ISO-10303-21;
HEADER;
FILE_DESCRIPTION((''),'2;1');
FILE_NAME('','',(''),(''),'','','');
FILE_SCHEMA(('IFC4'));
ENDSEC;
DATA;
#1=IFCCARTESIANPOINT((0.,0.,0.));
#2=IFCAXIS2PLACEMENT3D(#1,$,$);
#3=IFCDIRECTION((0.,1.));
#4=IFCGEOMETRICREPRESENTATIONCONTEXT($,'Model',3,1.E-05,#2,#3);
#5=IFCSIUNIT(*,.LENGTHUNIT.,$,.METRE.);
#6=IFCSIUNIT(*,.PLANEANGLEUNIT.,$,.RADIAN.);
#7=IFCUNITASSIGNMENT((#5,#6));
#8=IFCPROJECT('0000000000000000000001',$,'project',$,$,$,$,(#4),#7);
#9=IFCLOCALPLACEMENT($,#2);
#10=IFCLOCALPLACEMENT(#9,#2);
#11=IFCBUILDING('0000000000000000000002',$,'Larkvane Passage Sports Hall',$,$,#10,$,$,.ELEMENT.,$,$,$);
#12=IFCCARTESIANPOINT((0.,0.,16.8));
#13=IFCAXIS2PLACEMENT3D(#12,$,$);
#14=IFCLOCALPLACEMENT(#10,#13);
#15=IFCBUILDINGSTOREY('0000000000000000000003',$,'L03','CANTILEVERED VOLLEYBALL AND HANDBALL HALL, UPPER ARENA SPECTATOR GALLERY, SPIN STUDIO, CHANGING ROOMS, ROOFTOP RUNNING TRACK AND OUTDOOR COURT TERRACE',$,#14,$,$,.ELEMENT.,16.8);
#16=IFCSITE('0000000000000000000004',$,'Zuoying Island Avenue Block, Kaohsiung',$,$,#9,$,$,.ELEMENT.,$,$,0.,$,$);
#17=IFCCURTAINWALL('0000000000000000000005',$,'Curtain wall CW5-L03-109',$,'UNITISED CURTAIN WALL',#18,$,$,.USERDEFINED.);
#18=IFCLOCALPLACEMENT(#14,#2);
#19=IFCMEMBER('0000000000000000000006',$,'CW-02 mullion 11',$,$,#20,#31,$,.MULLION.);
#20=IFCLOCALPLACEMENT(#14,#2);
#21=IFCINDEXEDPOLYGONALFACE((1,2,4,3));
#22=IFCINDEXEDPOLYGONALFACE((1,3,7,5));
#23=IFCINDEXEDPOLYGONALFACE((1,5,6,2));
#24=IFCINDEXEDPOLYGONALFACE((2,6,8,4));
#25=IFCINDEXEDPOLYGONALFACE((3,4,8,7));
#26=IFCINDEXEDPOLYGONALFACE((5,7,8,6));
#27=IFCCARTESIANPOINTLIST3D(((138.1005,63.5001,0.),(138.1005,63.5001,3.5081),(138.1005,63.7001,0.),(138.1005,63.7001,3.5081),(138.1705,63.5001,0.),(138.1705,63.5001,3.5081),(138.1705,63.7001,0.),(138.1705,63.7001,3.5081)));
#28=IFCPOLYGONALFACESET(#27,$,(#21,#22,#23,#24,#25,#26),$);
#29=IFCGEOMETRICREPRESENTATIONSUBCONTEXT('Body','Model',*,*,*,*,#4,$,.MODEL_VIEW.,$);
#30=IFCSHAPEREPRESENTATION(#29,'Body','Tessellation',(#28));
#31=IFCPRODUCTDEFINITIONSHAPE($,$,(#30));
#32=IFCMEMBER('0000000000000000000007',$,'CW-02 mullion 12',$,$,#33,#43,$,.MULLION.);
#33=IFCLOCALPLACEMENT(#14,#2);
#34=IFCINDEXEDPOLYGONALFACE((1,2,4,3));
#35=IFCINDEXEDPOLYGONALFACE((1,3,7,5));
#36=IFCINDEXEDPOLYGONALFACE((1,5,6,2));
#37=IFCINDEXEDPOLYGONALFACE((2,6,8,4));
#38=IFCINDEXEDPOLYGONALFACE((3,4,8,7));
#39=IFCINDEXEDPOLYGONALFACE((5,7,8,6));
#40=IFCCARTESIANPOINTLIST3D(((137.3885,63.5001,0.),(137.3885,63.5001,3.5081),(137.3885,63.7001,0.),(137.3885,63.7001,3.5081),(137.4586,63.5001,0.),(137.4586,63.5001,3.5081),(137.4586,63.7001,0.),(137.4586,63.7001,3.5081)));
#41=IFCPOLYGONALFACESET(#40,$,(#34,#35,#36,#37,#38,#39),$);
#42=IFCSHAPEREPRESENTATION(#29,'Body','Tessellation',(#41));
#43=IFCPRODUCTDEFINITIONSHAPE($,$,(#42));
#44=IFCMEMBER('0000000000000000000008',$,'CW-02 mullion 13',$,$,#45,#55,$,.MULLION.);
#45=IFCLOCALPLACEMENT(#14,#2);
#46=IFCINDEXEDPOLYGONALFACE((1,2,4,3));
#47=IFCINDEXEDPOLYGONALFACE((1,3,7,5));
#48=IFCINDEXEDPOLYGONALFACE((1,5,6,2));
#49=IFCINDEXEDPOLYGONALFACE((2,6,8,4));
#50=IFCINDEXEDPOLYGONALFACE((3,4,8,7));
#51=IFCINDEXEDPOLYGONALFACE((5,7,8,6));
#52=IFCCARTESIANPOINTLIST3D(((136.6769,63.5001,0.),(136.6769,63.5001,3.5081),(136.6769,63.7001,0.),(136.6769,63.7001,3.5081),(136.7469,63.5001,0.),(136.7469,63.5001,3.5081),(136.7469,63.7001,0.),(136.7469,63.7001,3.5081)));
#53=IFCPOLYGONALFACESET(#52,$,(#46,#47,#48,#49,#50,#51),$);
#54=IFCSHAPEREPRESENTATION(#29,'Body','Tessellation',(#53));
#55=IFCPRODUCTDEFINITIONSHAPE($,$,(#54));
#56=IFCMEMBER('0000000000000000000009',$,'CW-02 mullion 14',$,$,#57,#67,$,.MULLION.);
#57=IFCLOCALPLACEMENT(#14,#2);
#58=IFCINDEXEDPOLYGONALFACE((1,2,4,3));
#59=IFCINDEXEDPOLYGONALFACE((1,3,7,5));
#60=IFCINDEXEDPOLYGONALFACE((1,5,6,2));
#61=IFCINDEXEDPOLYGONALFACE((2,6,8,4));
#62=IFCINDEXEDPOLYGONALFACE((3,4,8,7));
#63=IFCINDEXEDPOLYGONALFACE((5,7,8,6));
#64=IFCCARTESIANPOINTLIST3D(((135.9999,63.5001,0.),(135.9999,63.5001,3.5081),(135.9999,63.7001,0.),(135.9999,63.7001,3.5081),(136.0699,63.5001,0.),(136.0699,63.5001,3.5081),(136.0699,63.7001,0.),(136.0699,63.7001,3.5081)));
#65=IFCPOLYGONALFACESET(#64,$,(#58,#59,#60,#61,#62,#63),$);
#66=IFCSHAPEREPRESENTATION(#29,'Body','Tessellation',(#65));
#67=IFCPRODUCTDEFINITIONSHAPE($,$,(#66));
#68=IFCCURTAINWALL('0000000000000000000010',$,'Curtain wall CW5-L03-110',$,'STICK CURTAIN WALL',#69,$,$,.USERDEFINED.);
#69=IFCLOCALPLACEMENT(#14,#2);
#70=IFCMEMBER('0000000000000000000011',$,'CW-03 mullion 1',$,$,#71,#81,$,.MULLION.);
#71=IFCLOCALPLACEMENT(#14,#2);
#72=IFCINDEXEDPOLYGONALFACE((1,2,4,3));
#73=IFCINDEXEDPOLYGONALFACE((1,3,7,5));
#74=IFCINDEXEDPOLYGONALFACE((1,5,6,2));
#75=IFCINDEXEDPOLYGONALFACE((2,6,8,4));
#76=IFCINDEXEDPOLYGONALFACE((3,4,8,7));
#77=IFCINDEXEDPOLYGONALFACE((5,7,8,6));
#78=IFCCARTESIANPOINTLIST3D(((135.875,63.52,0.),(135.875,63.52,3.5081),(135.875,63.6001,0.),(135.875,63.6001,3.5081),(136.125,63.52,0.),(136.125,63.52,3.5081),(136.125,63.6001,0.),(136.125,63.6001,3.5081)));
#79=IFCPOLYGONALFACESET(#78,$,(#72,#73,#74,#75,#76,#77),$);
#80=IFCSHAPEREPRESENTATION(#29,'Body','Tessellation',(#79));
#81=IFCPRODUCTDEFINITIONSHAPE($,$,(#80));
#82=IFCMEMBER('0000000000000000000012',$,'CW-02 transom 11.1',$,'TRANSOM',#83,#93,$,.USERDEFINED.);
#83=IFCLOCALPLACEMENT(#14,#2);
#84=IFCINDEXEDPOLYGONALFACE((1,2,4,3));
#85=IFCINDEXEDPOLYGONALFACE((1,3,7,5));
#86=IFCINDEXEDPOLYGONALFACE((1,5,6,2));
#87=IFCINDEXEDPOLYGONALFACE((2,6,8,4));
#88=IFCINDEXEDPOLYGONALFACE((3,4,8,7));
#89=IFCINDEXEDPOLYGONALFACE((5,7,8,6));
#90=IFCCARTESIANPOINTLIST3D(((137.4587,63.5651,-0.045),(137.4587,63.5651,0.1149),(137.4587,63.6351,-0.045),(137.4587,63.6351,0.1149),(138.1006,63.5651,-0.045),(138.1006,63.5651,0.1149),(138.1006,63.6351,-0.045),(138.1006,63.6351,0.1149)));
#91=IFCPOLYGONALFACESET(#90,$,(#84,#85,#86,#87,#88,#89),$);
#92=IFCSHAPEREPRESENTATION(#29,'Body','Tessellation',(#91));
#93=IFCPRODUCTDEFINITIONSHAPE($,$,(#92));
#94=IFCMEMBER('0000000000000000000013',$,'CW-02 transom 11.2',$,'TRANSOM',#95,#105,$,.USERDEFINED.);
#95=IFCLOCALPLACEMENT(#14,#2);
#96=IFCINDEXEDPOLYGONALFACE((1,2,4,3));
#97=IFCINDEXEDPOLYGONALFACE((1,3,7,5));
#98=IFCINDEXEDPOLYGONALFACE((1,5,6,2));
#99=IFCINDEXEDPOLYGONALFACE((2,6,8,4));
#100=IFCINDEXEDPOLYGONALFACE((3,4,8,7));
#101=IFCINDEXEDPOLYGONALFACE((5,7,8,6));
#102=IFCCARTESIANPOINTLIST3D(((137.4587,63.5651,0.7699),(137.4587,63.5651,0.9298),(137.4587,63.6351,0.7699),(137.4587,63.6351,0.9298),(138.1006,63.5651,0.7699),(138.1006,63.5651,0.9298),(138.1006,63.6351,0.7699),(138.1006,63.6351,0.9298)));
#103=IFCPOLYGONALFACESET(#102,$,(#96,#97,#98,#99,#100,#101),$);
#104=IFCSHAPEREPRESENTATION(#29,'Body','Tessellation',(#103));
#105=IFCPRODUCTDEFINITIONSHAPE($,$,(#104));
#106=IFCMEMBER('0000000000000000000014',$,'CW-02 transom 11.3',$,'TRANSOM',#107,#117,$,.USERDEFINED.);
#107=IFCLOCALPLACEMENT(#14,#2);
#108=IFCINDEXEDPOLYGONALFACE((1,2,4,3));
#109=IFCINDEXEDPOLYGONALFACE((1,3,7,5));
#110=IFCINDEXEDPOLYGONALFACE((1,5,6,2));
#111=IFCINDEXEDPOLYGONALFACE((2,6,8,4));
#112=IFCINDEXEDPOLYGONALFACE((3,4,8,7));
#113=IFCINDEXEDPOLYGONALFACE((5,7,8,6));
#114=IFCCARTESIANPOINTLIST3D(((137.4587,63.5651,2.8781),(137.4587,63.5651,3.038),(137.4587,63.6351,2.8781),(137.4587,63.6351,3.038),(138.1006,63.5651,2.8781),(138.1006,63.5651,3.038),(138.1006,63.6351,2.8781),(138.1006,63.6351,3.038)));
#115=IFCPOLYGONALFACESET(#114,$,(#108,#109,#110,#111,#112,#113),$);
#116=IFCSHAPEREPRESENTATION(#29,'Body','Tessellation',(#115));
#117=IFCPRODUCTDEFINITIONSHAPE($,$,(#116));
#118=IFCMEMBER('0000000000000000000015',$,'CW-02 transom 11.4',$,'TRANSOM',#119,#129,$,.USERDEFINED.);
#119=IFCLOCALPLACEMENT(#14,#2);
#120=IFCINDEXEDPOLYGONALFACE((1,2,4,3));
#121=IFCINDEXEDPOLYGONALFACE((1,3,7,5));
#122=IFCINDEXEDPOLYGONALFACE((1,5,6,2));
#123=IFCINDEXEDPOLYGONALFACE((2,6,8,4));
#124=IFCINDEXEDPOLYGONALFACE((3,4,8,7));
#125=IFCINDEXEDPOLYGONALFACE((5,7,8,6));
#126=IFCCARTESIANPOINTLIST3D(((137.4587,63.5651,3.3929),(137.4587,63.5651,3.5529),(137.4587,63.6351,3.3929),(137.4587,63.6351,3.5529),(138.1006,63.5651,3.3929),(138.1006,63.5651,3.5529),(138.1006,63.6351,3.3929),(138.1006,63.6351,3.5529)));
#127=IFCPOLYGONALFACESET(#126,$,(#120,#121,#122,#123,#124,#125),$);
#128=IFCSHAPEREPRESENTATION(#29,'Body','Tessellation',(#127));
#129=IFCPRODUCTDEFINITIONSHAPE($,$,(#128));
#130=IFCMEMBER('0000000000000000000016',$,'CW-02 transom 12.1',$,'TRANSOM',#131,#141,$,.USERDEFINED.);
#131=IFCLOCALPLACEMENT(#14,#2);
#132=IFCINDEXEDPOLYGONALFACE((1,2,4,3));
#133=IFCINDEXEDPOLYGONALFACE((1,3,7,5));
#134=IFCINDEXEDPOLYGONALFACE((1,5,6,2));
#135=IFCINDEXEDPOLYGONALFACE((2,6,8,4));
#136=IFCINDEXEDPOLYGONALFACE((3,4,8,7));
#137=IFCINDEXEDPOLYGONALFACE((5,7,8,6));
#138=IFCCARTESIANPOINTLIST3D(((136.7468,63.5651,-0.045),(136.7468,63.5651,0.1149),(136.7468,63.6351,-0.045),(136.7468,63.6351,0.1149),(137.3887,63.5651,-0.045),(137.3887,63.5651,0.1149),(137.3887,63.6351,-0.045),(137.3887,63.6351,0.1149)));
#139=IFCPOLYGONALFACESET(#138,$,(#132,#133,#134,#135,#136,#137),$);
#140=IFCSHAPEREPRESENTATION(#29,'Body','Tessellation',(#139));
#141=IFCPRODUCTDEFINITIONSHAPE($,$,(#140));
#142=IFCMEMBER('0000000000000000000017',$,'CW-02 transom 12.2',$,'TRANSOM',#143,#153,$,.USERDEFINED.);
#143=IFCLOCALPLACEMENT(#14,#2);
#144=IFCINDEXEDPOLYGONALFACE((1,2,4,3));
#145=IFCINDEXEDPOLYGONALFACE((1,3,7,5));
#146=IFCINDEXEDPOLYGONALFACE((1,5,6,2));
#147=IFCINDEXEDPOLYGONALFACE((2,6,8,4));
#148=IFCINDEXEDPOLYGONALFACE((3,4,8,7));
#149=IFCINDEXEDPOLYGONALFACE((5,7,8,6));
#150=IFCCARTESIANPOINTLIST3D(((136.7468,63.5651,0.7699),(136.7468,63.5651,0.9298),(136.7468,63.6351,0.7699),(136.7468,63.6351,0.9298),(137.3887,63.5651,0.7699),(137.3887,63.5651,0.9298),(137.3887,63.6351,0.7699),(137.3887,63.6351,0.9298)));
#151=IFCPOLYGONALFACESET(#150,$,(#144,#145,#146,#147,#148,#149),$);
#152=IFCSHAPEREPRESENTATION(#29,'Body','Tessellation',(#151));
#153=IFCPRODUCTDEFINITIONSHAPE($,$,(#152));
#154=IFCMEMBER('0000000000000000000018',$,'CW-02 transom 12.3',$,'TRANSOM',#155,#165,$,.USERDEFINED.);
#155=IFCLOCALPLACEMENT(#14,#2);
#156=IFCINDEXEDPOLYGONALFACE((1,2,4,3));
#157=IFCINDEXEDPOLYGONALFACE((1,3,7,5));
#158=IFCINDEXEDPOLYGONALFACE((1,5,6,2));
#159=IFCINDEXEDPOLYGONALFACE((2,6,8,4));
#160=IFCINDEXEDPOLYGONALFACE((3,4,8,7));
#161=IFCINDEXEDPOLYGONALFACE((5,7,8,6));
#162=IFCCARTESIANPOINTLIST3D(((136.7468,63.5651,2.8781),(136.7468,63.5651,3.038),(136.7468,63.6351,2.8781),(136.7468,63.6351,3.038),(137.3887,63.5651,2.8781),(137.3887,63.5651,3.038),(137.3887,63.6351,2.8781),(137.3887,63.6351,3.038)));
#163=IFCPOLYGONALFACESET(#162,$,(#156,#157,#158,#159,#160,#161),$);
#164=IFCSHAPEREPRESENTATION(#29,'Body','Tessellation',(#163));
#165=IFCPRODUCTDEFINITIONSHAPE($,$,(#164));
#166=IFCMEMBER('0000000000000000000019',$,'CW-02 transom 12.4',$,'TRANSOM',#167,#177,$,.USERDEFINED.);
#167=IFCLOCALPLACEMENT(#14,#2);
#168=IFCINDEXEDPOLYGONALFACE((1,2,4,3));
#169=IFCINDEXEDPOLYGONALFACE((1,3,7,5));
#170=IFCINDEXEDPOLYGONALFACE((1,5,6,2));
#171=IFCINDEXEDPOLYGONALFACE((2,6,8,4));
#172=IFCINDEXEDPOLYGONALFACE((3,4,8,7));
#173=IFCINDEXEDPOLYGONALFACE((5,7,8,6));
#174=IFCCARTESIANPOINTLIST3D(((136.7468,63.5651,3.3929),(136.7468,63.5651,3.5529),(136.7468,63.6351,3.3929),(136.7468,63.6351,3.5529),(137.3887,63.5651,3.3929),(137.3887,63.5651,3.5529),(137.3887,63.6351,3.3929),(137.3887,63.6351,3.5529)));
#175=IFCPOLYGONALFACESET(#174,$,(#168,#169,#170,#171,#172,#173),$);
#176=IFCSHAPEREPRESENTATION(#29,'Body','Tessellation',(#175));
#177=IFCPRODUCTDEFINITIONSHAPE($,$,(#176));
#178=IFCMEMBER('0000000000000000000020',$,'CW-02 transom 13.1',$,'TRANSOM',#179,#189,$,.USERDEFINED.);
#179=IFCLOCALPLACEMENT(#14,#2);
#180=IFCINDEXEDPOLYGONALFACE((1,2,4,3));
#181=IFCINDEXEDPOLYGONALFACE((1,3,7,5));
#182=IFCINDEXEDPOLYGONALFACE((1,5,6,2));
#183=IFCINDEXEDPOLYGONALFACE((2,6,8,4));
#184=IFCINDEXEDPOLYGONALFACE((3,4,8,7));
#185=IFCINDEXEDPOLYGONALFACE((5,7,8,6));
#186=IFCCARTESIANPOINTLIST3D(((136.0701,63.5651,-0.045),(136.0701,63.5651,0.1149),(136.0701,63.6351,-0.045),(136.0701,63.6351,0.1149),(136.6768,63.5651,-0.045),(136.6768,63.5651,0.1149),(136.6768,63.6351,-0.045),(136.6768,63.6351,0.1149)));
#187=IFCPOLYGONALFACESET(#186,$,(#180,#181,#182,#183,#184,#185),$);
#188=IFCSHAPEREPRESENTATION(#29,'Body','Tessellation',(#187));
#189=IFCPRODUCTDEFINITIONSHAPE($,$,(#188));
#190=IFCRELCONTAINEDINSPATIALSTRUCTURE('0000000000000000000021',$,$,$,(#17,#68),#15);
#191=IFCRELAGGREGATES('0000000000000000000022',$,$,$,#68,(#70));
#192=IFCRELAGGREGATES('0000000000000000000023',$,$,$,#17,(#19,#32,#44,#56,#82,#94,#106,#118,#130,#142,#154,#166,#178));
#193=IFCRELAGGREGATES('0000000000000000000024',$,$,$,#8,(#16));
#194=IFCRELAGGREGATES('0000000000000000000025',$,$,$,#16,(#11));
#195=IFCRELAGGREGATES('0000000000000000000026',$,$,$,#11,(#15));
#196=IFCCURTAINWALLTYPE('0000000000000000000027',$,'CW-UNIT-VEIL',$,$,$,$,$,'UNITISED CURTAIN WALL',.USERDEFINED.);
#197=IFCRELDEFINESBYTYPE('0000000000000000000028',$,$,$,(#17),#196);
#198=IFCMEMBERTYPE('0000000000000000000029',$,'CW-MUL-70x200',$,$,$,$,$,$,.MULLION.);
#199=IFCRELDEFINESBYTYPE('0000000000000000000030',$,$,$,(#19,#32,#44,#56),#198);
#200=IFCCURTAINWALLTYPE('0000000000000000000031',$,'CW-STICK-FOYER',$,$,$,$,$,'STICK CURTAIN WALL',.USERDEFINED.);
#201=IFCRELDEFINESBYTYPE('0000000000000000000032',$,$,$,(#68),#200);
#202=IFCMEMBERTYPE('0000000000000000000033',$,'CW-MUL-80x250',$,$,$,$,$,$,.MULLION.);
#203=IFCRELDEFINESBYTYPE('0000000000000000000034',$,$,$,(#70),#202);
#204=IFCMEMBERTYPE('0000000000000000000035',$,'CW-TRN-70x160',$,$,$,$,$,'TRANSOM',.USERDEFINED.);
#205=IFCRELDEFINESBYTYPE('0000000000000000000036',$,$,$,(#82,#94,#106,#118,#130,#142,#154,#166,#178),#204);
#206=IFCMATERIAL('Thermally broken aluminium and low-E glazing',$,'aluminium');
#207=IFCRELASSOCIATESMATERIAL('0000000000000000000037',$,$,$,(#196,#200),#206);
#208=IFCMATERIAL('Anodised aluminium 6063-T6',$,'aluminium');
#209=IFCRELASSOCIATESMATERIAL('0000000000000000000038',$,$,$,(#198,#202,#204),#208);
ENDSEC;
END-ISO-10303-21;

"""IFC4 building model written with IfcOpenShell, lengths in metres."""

from ifc_helpers import new_model, si_unit, direction, frame, origin, origin_2d, place, context, subcontext, project, spatial, rectangle, extrude, material, material_profile, profile_set, type_object, element, aggregate, save


model = new_model("IFC4")

# Units and contexts
model_context = context("Model", 3, precision=1e-05, world=origin(), true_north=direction((0.0, 1.0)))
body_context = subcontext(model_context, "Body", "Model", "MODEL_VIEW")
ifc_project = project(units=[si_unit("LENGTHUNIT", "METRE"), si_unit("PLANEANGLEUNIT", "RADIAN")], contexts=[model_context])

# Site, building, storey
site_placement = place(None, origin())
site = spatial("IfcSite", under=ifc_project, at=site_placement, Name="Zuoying Island Avenue Block, Kaohsiung", CompositionType="ELEMENT", RefElevation=0.0)
building_placement = place(site_placement, origin())
building = spatial("IfcBuilding", under=site, at=building_placement, Name="Larkvane Passage Sports Hall", CompositionType="ELEMENT")
storey_placement = place(building_placement, frame((0.0, 0.0, 16.8)))
storey = spatial("IfcBuildingStorey", under=building, at=storey_placement, Name="L03", Description="CANTILEVERED VOLLEYBALL AND HANDBALL HALL, UPPER ARENA SPECTATOR GALLERY, SPIN STUDIO, CHANGING ROOMS, ROOFTOP RUNNING TRACK AND OUTDOOR COURT TERRACE", CompositionType="ELEMENT", Elevation=16.8)

# Curtain wall, members
ifc_material_1 = material(Name="Thermally broken aluminium and low-E glazing", Category="aluminium")
curtain_wall_type_1 = type_object("IfcCurtainWallType", Name="CW-UNIT-VEIL", ElementType="UNITISED CURTAIN WALL", PredefinedType="USERDEFINED", material=ifc_material_1)
curtain_wall_1_placement = place(storey_placement, origin())
curtain_wall_1 = element("IfcCurtainWall", 1, at=curtain_wall_1_placement, inside=storey, type_object=curtain_wall_type_1, Name="Curtain wall CW5-L03-109", ObjectType="UNITISED CURTAIN WALL", PredefinedType="USERDEFINED")
ifc_material_2 = material(Name="Anodised aluminium 6063-T6", Category="aluminium")
ifc_material_profile_1 = material_profile(ifc_material_2, rectangle(XDim=0.0701, YDim=0.2, at=origin_2d()), Name="ALU-MUL-70x200")
ifc_profile_set_1 = profile_set([ifc_material_profile_1], Name="Anodised aluminium 6063-T6")
member_type_1 = type_object("IfcMemberType", Name="CW-MUL-70x200", PredefinedType="MULLION", material=ifc_profile_set_1)
member_1_placement = place(storey_placement, frame((138.1355, 63.6001, 0.0), z_axis=(0.0, 0.0, 1.0), x_axis=(-1.0, 0.0, 0.0)))
member_1 = element("IfcMember", 2, at=member_1_placement, type_object=member_type_1, Name="CW-02 mullion 11", PredefinedType="MULLION", context=body_context, shape_type="SweptSolid", body=[
    extrude(rectangle(XDim=0.0701, YDim=0.2, at=origin_2d()), origin(), (0.0, 0.0, 1.0), 3.5081),
])
member_2_placement = place(storey_placement, frame((137.4236, 63.6001, 0.0), z_axis=(0.0, 0.0, 1.0), x_axis=(-1.0, 0.0, 0.0)))
member_2 = element("IfcMember", 3, at=member_2_placement, type_object=member_type_1, Name="CW-02 mullion 12", PredefinedType="MULLION", context=body_context, shape_type="SweptSolid", body=[
    extrude(rectangle(XDim=0.0701, YDim=0.2, at=origin_2d()), origin(), (0.0, 0.0, 1.0), 3.5081),
])
member_3_placement = place(storey_placement, frame((136.7119, 63.6001, 0.0), z_axis=(0.0, 0.0, 1.0), x_axis=(-1.0, 0.0, 0.0)))
member_3 = element("IfcMember", 4, at=member_3_placement, type_object=member_type_1, Name="CW-02 mullion 13", PredefinedType="MULLION", context=body_context, shape_type="SweptSolid", body=[
    extrude(rectangle(XDim=0.0701, YDim=0.2, at=origin_2d()), origin(), (0.0, 0.0, 1.0), 3.5081),
])
member_4_placement = place(storey_placement, frame((136.0349, 63.6001, 0.0), z_axis=(0.0, 0.0, 1.0), x_axis=(-1.0, 0.0, 0.0)))
member_4 = element("IfcMember", 5, at=member_4_placement, type_object=member_type_1, Name="CW-02 mullion 14", PredefinedType="MULLION", context=body_context, shape_type="SweptSolid", body=[
    extrude(rectangle(XDim=0.0701, YDim=0.2, at=origin_2d()), origin(), (0.0, 0.0, 1.0), 3.5081),
])

# Curtain wall, member
curtain_wall_type_2 = type_object("IfcCurtainWallType", Name="CW-STICK-FOYER", ElementType="STICK CURTAIN WALL", PredefinedType="USERDEFINED", material=ifc_material_1)
curtain_wall_2_placement = place(storey_placement, origin())
curtain_wall_2 = element("IfcCurtainWall", 6, at=curtain_wall_2_placement, inside=storey, type_object=curtain_wall_type_2, Name="Curtain wall CW5-L03-110", ObjectType="STICK CURTAIN WALL", PredefinedType="USERDEFINED")
ifc_material_profile_2 = material_profile(ifc_material_2, rectangle(XDim=0.0801, YDim=0.25, at=origin_2d()), Name="ALU-MUL-80x250")
ifc_profile_set_2 = profile_set([ifc_material_profile_2], Name="Anodised aluminium 6063-T6")
member_type_2 = type_object("IfcMemberType", Name="CW-MUL-80x250", PredefinedType="MULLION", material=ifc_profile_set_2)
member_5_placement = place(storey_placement, frame((136.0, 63.5601, 0.0), z_axis=(0.0, 0.0, 1.0), x_axis=(0.0, -1.0, 0.0)))
member_5 = element("IfcMember", 7, at=member_5_placement, type_object=member_type_2, Name="CW-03 mullion 1", PredefinedType="MULLION", context=body_context, shape_type="SweptSolid", body=[
    extrude(rectangle(XDim=0.0801, YDim=0.25, at=origin_2d()), origin(), (0.0, 0.0, 1.0), 3.5081),
])

# Members
ifc_material_profile_3 = material_profile(ifc_material_2, rectangle(XDim=0.0701, YDim=0.1599, at=origin_2d()), Name="ALU-TRN-70x160")
ifc_profile_set_3 = profile_set([ifc_material_profile_3], Name="Anodised aluminium 6063-T6")
member_type_3 = type_object("IfcMemberType", Name="CW-TRN-70x160", ElementType="TRANSOM", PredefinedType="USERDEFINED", material=ifc_profile_set_3)
member_6_placement = place(storey_placement, frame((138.1006, 63.6001, 0.0349), z_axis=(-1.0, 0.0, 0.0), x_axis=(0.0, -1.0, 0.0)))
member_6 = element("IfcMember", 8, at=member_6_placement, type_object=member_type_3, Name="CW-02 transom 11.1", ObjectType="TRANSOM", PredefinedType="USERDEFINED", context=body_context, shape_type="SweptSolid", body=[
    extrude(rectangle(XDim=0.0701, YDim=0.1599, at=origin_2d()), origin(), (0.0, 0.0, 1.0), 0.6418),
])
member_7_placement = place(storey_placement, frame((138.1006, 63.6001, 0.8499), z_axis=(-1.0, 0.0, 0.0), x_axis=(0.0, -1.0, 0.0)))
member_7 = element("IfcMember", 9, at=member_7_placement, type_object=member_type_3, Name="CW-02 transom 11.2", ObjectType="TRANSOM", PredefinedType="USERDEFINED", context=body_context, shape_type="SweptSolid", body=[
    extrude(rectangle(XDim=0.0701, YDim=0.1599, at=origin_2d()), origin(), (0.0, 0.0, 1.0), 0.6418),
])
member_8_placement = place(storey_placement, frame((138.1006, 63.6001, 2.958), z_axis=(-1.0, 0.0, 0.0), x_axis=(0.0, -1.0, 0.0)))
member_8 = element("IfcMember", 10, at=member_8_placement, type_object=member_type_3, Name="CW-02 transom 11.3", ObjectType="TRANSOM", PredefinedType="USERDEFINED", context=body_context, shape_type="SweptSolid", body=[
    extrude(rectangle(XDim=0.0701, YDim=0.1599, at=origin_2d()), origin(), (0.0, 0.0, 1.0), 0.6418),
])
member_9_placement = place(storey_placement, frame((138.1006, 63.6001, 3.4729), z_axis=(-1.0, 0.0, 0.0), x_axis=(0.0, -1.0, 0.0)))
member_9 = element("IfcMember", 11, at=member_9_placement, type_object=member_type_3, Name="CW-02 transom 11.4", ObjectType="TRANSOM", PredefinedType="USERDEFINED", context=body_context, shape_type="SweptSolid", body=[
    extrude(rectangle(XDim=0.0701, YDim=0.1599, at=origin_2d()), origin(), (0.0, 0.0, 1.0), 0.6418),
])
member_10_placement = place(storey_placement, frame((137.3887, 63.6001, 0.0349), z_axis=(-1.0, 0.0, 0.0), x_axis=(0.0, -1.0, 0.0)))
member_10 = element("IfcMember", 12, at=member_10_placement, type_object=member_type_3, Name="CW-02 transom 12.1", ObjectType="TRANSOM", PredefinedType="USERDEFINED", context=body_context, shape_type="SweptSolid", body=[
    extrude(rectangle(XDim=0.0701, YDim=0.1599, at=origin_2d()), origin(), (0.0, 0.0, 1.0), 0.6418),
])
member_11_placement = place(storey_placement, frame((137.3887, 63.6001, 0.8499), z_axis=(-1.0, 0.0, 0.0), x_axis=(0.0, -1.0, 0.0)))
member_11 = element("IfcMember", 13, at=member_11_placement, type_object=member_type_3, Name="CW-02 transom 12.2", ObjectType="TRANSOM", PredefinedType="USERDEFINED", context=body_context, shape_type="SweptSolid", body=[
    extrude(rectangle(XDim=0.0701, YDim=0.1599, at=origin_2d()), origin(), (0.0, 0.0, 1.0), 0.6418),
])
member_12_placement = place(storey_placement, frame((137.3887, 63.6001, 2.958), z_axis=(-1.0, 0.0, 0.0), x_axis=(0.0, -1.0, 0.0)))
member_12 = element("IfcMember", 14, at=member_12_placement, type_object=member_type_3, Name="CW-02 transom 12.3", ObjectType="TRANSOM", PredefinedType="USERDEFINED", context=body_context, shape_type="SweptSolid", body=[
    extrude(rectangle(XDim=0.0701, YDim=0.1599, at=origin_2d()), origin(), (0.0, 0.0, 1.0), 0.6418),
])
member_13_placement = place(storey_placement, frame((137.3887, 63.6001, 3.4729), z_axis=(-1.0, 0.0, 0.0), x_axis=(0.0, -1.0, 0.0)))
member_13 = element("IfcMember", 15, at=member_13_placement, type_object=member_type_3, Name="CW-02 transom 12.4", ObjectType="TRANSOM", PredefinedType="USERDEFINED", context=body_context, shape_type="SweptSolid", body=[
    extrude(rectangle(XDim=0.0701, YDim=0.1599, at=origin_2d()), origin(), (0.0, 0.0, 1.0), 0.6418),
])
member_14_placement = place(storey_placement, frame((136.6768, 63.6001, 0.0349), z_axis=(-1.0, 0.0, 0.0), x_axis=(0.0, -1.0, 0.0)))
member_14 = element("IfcMember", 16, at=member_14_placement, type_object=member_type_3, Name="CW-02 transom 13.1", ObjectType="TRANSOM", PredefinedType="USERDEFINED", context=body_context, shape_type="SweptSolid", body=[
    extrude(rectangle(XDim=0.0701, YDim=0.1599, at=origin_2d()), origin(), (0.0, 0.0, 1.0), 0.6067),
])
aggregate(curtain_wall_2, [member_5])

aggregate(curtain_wall_1, [member_1, member_2, member_3, member_4, member_6, member_7, member_8, member_9, member_10, member_11, member_12, member_13, member_14])

save(model, "model.ifc")
